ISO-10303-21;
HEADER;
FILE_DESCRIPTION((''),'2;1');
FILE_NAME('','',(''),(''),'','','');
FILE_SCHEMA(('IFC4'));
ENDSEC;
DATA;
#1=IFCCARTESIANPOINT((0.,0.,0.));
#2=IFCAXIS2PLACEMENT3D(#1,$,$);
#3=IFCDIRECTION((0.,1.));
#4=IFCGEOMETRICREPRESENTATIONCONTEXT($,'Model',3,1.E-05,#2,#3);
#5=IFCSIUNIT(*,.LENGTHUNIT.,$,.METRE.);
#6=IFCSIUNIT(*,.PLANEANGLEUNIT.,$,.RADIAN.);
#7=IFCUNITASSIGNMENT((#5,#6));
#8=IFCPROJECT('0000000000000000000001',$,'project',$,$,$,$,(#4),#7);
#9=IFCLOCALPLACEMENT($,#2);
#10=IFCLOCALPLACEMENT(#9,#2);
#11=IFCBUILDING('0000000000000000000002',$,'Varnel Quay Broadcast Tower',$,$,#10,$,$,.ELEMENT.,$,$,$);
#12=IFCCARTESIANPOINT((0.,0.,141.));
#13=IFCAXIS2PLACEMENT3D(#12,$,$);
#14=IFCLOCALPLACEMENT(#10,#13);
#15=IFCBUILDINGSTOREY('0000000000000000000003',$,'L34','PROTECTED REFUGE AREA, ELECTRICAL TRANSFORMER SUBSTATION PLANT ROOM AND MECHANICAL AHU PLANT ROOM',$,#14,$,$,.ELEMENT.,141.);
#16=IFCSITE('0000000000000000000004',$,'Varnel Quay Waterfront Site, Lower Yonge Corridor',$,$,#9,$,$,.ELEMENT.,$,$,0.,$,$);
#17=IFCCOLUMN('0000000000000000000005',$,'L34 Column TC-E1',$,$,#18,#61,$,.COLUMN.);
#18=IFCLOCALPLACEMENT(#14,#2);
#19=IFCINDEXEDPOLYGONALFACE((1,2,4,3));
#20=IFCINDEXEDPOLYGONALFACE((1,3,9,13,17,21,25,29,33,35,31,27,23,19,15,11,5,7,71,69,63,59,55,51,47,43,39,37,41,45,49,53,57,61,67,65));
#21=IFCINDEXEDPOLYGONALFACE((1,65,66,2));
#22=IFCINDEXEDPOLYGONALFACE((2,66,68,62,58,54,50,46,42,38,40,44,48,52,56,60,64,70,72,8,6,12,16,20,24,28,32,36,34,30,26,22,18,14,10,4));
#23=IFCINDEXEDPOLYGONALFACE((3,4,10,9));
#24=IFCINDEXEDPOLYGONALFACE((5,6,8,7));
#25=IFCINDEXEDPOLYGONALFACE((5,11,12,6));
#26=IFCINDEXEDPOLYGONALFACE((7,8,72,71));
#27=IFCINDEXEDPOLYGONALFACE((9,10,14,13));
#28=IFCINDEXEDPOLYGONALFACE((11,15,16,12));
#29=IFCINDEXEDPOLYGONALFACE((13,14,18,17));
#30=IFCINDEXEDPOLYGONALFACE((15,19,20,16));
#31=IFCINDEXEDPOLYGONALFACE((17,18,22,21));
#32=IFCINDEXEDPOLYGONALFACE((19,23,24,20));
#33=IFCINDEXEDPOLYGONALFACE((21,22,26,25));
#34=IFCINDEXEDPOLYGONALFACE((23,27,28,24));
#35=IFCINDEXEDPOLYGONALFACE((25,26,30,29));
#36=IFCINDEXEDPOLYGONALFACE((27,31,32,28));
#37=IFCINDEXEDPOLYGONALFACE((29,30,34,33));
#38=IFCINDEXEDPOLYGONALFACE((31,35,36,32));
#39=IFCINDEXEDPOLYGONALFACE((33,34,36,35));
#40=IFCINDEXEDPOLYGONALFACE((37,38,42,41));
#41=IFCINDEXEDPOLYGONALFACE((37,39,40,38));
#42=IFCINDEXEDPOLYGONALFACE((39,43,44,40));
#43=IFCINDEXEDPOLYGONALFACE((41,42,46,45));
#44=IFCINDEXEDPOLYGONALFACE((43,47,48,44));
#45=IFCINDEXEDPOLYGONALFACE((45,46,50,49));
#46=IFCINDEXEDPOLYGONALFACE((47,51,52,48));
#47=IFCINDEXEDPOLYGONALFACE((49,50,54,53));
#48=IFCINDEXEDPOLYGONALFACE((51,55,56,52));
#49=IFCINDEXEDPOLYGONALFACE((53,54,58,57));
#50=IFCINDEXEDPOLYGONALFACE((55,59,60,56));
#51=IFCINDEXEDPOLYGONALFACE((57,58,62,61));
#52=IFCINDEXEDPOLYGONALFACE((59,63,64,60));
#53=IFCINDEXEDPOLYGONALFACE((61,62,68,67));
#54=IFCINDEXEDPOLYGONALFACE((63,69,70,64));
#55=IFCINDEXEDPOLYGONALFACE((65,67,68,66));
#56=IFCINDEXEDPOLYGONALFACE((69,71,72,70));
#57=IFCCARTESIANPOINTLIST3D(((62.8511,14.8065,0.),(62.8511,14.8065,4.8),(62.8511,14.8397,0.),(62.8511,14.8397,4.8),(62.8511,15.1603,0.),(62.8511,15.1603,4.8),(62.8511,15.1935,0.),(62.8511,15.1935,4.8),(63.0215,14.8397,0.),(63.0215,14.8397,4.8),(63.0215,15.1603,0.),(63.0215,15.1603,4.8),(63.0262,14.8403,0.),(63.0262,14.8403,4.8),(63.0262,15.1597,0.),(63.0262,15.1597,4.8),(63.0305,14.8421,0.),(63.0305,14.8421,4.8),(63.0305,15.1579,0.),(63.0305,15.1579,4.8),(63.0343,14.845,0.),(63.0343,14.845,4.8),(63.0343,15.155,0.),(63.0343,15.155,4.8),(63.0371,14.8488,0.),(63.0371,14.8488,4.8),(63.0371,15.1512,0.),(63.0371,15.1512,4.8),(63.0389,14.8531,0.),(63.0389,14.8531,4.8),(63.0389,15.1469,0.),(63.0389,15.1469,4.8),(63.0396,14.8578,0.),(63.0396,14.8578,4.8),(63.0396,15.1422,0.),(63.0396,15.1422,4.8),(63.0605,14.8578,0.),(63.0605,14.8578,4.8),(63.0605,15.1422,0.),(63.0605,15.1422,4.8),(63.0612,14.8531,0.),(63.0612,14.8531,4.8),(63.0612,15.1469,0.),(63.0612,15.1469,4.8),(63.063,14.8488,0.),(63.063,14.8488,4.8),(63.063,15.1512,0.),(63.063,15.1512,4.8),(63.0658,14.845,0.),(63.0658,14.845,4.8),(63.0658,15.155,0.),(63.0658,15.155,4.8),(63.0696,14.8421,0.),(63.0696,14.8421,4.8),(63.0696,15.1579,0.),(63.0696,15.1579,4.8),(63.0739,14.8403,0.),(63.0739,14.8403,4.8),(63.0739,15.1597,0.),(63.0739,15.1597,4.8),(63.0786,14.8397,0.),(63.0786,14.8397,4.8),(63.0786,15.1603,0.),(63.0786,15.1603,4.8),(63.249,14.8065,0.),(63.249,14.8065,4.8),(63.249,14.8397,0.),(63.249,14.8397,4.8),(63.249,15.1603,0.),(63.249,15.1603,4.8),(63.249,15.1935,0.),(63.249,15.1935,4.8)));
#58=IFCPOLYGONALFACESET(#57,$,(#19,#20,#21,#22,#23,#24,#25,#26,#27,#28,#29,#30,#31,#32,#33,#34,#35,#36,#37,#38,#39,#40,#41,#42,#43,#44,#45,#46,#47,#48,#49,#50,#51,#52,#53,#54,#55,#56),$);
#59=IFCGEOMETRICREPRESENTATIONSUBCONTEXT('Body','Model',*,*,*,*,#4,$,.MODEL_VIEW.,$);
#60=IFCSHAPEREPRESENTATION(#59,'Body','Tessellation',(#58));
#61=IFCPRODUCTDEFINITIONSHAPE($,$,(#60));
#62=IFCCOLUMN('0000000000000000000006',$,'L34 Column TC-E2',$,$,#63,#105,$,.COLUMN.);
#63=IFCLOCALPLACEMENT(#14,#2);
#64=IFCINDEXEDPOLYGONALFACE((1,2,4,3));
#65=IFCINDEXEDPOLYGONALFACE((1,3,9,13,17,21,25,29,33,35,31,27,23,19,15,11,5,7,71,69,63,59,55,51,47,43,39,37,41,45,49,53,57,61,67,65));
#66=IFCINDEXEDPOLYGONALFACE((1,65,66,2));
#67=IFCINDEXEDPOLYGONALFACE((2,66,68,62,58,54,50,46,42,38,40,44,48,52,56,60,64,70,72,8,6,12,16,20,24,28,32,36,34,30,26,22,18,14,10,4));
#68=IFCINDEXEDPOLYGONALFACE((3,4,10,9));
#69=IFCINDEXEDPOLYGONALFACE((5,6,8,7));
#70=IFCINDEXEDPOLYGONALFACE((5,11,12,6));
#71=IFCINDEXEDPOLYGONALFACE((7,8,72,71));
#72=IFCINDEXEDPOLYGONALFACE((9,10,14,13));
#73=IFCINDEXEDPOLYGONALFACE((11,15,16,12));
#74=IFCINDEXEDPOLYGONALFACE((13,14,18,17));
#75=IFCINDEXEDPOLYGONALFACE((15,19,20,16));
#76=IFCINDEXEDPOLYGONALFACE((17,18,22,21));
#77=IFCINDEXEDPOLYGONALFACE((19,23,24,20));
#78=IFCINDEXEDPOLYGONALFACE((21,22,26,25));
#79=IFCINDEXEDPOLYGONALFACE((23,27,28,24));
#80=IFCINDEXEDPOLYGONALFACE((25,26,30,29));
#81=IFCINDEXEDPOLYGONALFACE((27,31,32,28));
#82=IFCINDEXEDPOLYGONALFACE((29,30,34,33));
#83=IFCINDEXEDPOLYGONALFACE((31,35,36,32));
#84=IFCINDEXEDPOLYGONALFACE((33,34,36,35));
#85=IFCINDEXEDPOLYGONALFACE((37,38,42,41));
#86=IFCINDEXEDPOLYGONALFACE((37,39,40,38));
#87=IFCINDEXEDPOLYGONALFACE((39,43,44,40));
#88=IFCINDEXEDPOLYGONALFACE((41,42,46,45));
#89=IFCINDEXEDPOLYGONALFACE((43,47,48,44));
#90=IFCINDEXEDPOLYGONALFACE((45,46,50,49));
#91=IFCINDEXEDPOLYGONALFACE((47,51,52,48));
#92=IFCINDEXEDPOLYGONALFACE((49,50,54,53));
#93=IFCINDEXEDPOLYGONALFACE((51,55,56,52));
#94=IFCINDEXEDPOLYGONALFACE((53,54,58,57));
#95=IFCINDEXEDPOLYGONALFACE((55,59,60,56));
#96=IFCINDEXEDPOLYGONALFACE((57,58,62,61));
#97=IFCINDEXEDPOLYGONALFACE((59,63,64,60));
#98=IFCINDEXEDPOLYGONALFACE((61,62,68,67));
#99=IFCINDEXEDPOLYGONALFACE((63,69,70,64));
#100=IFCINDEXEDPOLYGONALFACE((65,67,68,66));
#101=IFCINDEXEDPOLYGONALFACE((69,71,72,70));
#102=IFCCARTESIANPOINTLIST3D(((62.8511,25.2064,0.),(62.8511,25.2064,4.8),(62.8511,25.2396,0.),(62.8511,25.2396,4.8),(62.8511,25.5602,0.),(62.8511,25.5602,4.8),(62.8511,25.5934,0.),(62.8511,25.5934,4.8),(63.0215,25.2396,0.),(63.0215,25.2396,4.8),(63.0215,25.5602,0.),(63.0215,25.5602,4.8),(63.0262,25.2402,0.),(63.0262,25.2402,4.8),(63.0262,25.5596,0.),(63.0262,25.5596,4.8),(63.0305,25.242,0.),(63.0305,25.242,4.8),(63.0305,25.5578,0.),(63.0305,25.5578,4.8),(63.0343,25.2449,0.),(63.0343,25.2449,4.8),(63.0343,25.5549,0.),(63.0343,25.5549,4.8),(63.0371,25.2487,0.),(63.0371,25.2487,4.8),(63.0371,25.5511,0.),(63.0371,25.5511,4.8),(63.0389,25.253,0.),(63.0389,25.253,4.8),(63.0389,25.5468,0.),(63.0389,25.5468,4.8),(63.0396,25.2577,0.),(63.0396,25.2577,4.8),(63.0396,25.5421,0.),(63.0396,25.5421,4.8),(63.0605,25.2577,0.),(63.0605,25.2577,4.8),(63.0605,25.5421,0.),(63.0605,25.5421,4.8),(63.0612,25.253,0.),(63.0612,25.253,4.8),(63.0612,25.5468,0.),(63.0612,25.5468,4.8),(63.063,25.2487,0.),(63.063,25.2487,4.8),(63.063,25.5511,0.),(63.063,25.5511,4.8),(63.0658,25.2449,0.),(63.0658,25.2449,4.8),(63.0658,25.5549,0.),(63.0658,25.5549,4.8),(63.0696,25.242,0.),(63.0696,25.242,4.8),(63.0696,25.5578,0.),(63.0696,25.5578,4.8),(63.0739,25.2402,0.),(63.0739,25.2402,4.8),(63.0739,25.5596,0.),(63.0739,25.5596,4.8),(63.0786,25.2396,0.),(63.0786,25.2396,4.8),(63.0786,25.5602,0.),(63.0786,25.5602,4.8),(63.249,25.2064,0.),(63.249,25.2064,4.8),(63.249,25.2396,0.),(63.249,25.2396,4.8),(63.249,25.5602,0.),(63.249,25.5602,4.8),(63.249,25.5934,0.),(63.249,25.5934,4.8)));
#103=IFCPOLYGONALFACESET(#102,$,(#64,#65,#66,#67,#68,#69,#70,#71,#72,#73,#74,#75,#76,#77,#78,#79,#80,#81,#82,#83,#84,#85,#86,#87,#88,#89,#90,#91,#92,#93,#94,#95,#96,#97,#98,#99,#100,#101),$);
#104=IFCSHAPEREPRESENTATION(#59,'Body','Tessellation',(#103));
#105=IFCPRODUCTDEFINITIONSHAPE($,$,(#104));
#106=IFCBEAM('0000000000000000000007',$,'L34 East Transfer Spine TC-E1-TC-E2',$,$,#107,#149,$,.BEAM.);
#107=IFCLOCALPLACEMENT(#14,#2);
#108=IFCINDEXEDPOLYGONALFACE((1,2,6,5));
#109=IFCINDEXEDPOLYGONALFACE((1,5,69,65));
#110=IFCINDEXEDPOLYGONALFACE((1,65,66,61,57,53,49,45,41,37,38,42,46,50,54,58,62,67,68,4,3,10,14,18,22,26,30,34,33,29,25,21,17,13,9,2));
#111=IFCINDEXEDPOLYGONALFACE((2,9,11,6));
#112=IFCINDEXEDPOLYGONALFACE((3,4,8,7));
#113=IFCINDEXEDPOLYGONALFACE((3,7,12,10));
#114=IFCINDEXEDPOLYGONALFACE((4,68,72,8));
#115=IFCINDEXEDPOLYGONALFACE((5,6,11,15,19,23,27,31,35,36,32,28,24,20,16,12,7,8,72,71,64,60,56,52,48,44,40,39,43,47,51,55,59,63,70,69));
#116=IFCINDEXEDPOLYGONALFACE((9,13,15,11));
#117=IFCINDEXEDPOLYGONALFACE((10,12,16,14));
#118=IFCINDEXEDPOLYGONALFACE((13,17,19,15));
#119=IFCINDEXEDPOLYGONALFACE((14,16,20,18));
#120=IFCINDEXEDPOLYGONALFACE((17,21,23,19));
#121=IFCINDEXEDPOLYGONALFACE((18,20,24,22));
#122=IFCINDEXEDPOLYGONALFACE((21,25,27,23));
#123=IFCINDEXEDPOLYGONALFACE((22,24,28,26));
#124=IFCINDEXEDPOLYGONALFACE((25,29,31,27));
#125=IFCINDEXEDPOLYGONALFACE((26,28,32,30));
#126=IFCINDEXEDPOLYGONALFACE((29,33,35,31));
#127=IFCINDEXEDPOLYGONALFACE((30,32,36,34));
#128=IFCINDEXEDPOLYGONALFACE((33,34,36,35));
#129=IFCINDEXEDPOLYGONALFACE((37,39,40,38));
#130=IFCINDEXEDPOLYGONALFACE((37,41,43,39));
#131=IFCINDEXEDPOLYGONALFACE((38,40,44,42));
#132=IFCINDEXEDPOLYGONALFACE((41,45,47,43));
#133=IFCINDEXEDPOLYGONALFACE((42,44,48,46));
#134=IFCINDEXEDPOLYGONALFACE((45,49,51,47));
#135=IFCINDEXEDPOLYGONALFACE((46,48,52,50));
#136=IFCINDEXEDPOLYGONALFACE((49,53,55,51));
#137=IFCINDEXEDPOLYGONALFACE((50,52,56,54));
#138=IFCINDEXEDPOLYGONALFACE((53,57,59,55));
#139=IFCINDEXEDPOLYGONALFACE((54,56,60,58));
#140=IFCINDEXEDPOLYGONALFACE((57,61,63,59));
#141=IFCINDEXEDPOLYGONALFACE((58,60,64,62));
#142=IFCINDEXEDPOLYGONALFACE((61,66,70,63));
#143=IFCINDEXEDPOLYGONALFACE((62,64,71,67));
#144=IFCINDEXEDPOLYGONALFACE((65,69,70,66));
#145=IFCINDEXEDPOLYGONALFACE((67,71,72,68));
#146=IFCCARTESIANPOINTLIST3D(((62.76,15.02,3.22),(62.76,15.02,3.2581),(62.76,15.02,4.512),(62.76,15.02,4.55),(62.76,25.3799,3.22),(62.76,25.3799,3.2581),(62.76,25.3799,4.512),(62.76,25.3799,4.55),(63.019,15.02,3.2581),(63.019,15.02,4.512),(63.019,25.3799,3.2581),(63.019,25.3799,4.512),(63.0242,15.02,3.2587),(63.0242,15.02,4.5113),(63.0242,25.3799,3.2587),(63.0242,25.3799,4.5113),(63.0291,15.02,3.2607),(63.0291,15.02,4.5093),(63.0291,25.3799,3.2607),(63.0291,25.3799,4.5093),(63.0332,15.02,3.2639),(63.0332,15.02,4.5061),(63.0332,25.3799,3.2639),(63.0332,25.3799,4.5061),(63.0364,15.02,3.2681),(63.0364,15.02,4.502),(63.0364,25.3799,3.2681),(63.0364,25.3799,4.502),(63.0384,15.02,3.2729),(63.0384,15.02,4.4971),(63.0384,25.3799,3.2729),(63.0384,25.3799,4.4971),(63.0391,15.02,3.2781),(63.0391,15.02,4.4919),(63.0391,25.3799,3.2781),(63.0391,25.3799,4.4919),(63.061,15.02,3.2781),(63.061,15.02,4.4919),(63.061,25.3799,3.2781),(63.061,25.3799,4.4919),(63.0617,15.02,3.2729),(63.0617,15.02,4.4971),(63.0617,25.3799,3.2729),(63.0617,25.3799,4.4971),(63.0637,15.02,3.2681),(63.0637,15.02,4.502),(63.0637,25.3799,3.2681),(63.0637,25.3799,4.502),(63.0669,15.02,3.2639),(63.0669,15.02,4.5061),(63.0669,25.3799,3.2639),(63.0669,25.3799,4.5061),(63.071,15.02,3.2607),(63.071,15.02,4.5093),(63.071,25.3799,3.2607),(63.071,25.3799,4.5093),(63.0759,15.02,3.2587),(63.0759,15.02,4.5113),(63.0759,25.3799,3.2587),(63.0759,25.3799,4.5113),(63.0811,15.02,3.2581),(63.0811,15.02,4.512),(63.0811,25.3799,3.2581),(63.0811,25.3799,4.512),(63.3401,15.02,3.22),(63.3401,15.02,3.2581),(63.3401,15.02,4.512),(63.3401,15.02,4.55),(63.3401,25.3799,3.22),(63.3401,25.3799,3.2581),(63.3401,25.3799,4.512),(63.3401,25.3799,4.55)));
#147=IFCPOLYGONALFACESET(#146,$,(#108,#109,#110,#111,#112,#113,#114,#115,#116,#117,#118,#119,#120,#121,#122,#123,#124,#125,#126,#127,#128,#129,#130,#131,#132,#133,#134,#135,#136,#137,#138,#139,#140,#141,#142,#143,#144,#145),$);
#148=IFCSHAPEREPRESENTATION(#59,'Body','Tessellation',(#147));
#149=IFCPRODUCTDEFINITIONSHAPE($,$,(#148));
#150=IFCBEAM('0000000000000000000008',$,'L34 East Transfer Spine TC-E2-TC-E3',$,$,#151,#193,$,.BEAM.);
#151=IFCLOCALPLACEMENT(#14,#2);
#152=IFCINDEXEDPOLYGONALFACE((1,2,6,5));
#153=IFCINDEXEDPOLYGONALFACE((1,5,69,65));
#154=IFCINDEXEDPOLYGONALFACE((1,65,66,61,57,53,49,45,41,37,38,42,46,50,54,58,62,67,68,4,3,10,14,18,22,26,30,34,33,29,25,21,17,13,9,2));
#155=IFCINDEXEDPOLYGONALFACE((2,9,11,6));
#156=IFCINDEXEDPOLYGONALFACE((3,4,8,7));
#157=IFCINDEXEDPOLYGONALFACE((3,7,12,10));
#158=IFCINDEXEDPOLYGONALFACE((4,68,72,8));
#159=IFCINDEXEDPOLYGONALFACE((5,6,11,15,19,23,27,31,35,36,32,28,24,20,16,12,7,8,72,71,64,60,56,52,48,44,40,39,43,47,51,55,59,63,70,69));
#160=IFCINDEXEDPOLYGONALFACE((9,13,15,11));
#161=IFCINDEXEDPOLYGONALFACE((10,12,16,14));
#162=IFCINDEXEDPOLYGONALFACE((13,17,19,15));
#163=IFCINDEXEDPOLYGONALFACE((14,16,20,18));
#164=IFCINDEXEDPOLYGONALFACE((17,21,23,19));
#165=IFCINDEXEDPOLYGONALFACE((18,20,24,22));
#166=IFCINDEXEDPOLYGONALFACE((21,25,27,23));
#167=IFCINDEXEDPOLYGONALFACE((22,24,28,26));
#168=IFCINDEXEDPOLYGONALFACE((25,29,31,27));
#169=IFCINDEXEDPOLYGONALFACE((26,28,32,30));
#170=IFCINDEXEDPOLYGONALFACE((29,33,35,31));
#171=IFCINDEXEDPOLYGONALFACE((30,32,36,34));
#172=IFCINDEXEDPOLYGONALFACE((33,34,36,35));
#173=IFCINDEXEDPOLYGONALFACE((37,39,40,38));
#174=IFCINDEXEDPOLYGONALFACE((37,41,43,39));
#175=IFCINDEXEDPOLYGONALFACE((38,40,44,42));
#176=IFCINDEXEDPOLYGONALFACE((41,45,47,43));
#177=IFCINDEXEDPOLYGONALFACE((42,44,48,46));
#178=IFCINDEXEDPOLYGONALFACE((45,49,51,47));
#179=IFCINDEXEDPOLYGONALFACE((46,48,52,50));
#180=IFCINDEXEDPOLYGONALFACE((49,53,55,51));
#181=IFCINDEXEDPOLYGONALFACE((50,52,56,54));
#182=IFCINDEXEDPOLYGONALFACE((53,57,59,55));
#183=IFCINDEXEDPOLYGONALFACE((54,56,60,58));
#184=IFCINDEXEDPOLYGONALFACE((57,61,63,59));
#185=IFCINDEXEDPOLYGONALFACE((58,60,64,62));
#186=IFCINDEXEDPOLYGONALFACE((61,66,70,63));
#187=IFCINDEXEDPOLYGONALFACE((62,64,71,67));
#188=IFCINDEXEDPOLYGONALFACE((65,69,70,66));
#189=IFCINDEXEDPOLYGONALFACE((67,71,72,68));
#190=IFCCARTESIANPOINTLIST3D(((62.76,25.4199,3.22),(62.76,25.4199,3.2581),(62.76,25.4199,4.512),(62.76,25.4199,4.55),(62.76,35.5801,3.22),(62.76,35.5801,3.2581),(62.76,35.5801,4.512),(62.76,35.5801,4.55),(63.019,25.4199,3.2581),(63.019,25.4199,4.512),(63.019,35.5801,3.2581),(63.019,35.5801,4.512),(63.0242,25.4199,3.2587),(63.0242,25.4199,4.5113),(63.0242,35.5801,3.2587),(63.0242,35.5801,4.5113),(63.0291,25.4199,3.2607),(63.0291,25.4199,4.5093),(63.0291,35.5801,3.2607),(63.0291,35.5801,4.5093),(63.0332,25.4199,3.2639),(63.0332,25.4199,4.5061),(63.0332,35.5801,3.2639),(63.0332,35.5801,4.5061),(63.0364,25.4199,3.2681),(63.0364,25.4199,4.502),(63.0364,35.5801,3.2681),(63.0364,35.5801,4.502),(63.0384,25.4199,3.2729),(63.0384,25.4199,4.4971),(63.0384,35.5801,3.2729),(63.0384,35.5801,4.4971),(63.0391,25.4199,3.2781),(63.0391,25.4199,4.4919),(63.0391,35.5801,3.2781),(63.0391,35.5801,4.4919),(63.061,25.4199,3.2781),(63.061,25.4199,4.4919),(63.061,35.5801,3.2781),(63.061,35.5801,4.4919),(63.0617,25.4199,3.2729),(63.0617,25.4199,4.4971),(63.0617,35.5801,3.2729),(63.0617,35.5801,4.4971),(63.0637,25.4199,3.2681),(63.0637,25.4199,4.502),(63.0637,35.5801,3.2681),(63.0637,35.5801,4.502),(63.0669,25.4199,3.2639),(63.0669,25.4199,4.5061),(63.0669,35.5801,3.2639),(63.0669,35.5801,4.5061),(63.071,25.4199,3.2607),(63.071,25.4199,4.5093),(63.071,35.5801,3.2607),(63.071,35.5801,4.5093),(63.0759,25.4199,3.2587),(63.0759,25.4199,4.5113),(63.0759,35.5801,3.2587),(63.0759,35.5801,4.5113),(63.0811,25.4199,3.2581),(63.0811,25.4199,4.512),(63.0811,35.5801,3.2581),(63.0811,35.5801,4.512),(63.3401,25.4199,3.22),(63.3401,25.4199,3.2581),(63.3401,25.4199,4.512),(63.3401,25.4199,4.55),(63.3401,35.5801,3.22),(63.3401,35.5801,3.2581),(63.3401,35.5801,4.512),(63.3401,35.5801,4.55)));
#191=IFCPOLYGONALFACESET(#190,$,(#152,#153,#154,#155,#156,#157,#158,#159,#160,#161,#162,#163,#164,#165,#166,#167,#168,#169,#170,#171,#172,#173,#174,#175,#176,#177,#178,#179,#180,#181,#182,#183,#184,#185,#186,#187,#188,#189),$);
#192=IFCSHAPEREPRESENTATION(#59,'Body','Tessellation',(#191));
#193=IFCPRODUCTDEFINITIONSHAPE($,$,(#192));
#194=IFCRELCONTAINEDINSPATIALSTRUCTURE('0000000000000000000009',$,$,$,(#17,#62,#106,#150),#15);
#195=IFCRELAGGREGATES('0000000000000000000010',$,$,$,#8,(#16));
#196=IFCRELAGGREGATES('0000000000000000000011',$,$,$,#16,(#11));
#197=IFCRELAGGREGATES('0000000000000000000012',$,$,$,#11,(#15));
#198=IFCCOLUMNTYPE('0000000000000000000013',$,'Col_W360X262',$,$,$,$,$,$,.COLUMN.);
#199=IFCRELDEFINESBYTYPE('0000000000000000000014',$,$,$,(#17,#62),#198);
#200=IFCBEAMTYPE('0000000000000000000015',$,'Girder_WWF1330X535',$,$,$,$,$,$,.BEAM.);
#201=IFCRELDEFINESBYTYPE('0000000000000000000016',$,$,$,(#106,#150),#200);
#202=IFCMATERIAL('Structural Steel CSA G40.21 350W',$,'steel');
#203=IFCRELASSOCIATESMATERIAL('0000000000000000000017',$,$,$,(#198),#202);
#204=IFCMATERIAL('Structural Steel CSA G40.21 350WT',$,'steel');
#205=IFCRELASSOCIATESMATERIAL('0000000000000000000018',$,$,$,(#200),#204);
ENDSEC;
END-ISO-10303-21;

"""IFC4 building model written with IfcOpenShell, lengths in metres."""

from ifc_helpers import new_model, si_unit, direction, frame, origin, origin_2d, place, context, subcontext, project, spatial, i_section, extrude, source, transform, mapped, material, material_profile, profile_set, type_object, type_shapes, element, save


model = new_model("IFC4")

# Units and contexts
model_context = context("Model", 3, precision=1e-05, world=origin(), true_north=direction((0.0, 1.0)))
body_context = subcontext(model_context, "Body", "Model", "MODEL_VIEW")
ifc_project = project(units=[si_unit("LENGTHUNIT", "METRE"), si_unit("PLANEANGLEUNIT", "RADIAN")], contexts=[model_context])

# Site, building, storey
site_placement = place(None, origin())
site = spatial("IfcSite", under=ifc_project, at=site_placement, Name="Varnel Quay Waterfront Site, Lower Yonge Corridor", CompositionType="ELEMENT", RefElevation=0.0)
building_placement = place(site_placement, origin())
building = spatial("IfcBuilding", under=site, at=building_placement, Name="Varnel Quay Broadcast Tower", CompositionType="ELEMENT")
storey_placement = place(building_placement, frame((0.0, 0.0, 141.0)))
storey = spatial("IfcBuildingStorey", under=building, at=storey_placement, Name="L34", Description="PROTECTED REFUGE AREA, ELECTRICAL TRANSFORMER SUBSTATION PLANT ROOM AND MECHANICAL AHU PLANT ROOM", CompositionType="ELEMENT", Elevation=141.0)

# Columns
ifc_material_1 = material(Name="Structural Steel CSA G40.21 350W", Category="steel")
ifc_material_profile_1 = material_profile(ifc_material_1, i_section(OverallWidth=0.3979, OverallDepth=0.387, WebThickness=0.021, FlangeThickness=0.0332, FilletRadius=0.0181, at=origin_2d()), Name="W360X262")
ifc_profile_set_1 = profile_set([ifc_material_profile_1], Name="Structural Steel CSA G40.21 350W")
column_type = type_object("IfcColumnType", Name="Col_W360X262", PredefinedType="COLUMN", material=ifc_profile_set_1)
shared_shape_1 = source(origin(), body_context, "Body", "SweptSolid", [
    extrude(i_section(OverallWidth=0.3979, OverallDepth=0.387, WebThickness=0.021, FlangeThickness=0.0332, FilletRadius=0.0181, at=origin_2d()), origin(), (0.0, 0.0, 1.0), 4.8),
])
type_shapes(column_type, [shared_shape_1])
for number, where, z_axis, x_axis, name in (
    (1, (63.05, 15.0, 0.0), (0.0, 0.0, 1.0), (1.0, 0.0, 0.0), "L34 Column TC-E1"),
    (2, (63.05, 25.3999, 0.0), (0.0, 0.0, 1.0), (1.0, 0.0, 0.0), "L34 Column TC-E2"),
):
    element("IfcColumn", number, at=place(storey_placement, frame(where, z_axis=z_axis, x_axis=x_axis)), inside=storey, type_object=column_type, Name=name, PredefinedType="COLUMN", context=body_context, shape_type="MappedRepresentation", body=[
        mapped(shared_shape_1, transform((0.0, 0.0, 0.0), x_axis=(1.0, 0.0, 0.0), y_axis=(0.0, 1.0, 0.0), z_axis=(0.0, 0.0, 1.0), scale=1.0)),
    ])

# Beams
ifc_material_2 = material(Name="Structural Steel CSA G40.21 350WT", Category="steel")
ifc_material_profile_2 = material_profile(ifc_material_2, i_section(OverallWidth=0.5801, OverallDepth=1.3301, WebThickness=0.022, FlangeThickness=0.0381, FilletRadius=0.02, at=origin_2d()), Name="WWF1330X535")
ifc_profile_set_2 = profile_set([ifc_material_profile_2], Name="Structural Steel CSA G40.21 350WT")
beam_type = type_object("IfcBeamType", Name="Girder_WWF1330X535", PredefinedType="BEAM", material=ifc_profile_set_2)
shared_shape_2 = source(origin(), body_context, "Body", "SweptSolid", [
    extrude(i_section(OverallWidth=0.5801, OverallDepth=1.3301, WebThickness=0.022, FlangeThickness=0.0381, FilletRadius=0.02, at=origin_2d()), origin(), (0.0, 0.0, 1.0), 10.3599),
])
beam_1_placement = place(storey_placement, frame((63.05, 15.02, 3.885), z_axis=(0.0, 1.0, 0.0), x_axis=(-1.0, 0.0, 0.0)))
element("IfcBeam", 3, at=beam_1_placement, inside=storey, type_object=beam_type, Name="L34 East Transfer Spine TC-E1-TC-E2", PredefinedType="BEAM", context=body_context, shape_type="MappedRepresentation", body=[
    mapped(shared_shape_2, transform((0.0, 0.0, 0.0), x_axis=(1.0, 0.0, 0.0), y_axis=(0.0, 1.0, 0.0), z_axis=(0.0, 0.0, 1.0), scale=1.0)),
])
shared_shape_3 = source(origin(), body_context, "Body", "SweptSolid", [
    extrude(i_section(OverallWidth=0.5801, OverallDepth=1.3301, WebThickness=0.022, FlangeThickness=0.0381, FilletRadius=0.02, at=origin_2d()), origin(), (0.0, 0.0, 1.0), 10.1602),
])
beam_2_placement = place(storey_placement, frame((63.05, 25.4199, 3.885), z_axis=(0.0, 1.0, 0.0), x_axis=(-1.0, 0.0, 0.0)))
element("IfcBeam", 4, at=beam_2_placement, inside=storey, type_object=beam_type, Name="L34 East Transfer Spine TC-E2-TC-E3", PredefinedType="BEAM", context=body_context, shape_type="MappedRepresentation", body=[
    mapped(shared_shape_3, transform((0.0, 0.0, 0.0), x_axis=(1.0, 0.0, 0.0), y_axis=(0.0, 1.0, 0.0), z_axis=(0.0, 0.0, 1.0), scale=1.0)),
])

save(model, "model.ifc")
